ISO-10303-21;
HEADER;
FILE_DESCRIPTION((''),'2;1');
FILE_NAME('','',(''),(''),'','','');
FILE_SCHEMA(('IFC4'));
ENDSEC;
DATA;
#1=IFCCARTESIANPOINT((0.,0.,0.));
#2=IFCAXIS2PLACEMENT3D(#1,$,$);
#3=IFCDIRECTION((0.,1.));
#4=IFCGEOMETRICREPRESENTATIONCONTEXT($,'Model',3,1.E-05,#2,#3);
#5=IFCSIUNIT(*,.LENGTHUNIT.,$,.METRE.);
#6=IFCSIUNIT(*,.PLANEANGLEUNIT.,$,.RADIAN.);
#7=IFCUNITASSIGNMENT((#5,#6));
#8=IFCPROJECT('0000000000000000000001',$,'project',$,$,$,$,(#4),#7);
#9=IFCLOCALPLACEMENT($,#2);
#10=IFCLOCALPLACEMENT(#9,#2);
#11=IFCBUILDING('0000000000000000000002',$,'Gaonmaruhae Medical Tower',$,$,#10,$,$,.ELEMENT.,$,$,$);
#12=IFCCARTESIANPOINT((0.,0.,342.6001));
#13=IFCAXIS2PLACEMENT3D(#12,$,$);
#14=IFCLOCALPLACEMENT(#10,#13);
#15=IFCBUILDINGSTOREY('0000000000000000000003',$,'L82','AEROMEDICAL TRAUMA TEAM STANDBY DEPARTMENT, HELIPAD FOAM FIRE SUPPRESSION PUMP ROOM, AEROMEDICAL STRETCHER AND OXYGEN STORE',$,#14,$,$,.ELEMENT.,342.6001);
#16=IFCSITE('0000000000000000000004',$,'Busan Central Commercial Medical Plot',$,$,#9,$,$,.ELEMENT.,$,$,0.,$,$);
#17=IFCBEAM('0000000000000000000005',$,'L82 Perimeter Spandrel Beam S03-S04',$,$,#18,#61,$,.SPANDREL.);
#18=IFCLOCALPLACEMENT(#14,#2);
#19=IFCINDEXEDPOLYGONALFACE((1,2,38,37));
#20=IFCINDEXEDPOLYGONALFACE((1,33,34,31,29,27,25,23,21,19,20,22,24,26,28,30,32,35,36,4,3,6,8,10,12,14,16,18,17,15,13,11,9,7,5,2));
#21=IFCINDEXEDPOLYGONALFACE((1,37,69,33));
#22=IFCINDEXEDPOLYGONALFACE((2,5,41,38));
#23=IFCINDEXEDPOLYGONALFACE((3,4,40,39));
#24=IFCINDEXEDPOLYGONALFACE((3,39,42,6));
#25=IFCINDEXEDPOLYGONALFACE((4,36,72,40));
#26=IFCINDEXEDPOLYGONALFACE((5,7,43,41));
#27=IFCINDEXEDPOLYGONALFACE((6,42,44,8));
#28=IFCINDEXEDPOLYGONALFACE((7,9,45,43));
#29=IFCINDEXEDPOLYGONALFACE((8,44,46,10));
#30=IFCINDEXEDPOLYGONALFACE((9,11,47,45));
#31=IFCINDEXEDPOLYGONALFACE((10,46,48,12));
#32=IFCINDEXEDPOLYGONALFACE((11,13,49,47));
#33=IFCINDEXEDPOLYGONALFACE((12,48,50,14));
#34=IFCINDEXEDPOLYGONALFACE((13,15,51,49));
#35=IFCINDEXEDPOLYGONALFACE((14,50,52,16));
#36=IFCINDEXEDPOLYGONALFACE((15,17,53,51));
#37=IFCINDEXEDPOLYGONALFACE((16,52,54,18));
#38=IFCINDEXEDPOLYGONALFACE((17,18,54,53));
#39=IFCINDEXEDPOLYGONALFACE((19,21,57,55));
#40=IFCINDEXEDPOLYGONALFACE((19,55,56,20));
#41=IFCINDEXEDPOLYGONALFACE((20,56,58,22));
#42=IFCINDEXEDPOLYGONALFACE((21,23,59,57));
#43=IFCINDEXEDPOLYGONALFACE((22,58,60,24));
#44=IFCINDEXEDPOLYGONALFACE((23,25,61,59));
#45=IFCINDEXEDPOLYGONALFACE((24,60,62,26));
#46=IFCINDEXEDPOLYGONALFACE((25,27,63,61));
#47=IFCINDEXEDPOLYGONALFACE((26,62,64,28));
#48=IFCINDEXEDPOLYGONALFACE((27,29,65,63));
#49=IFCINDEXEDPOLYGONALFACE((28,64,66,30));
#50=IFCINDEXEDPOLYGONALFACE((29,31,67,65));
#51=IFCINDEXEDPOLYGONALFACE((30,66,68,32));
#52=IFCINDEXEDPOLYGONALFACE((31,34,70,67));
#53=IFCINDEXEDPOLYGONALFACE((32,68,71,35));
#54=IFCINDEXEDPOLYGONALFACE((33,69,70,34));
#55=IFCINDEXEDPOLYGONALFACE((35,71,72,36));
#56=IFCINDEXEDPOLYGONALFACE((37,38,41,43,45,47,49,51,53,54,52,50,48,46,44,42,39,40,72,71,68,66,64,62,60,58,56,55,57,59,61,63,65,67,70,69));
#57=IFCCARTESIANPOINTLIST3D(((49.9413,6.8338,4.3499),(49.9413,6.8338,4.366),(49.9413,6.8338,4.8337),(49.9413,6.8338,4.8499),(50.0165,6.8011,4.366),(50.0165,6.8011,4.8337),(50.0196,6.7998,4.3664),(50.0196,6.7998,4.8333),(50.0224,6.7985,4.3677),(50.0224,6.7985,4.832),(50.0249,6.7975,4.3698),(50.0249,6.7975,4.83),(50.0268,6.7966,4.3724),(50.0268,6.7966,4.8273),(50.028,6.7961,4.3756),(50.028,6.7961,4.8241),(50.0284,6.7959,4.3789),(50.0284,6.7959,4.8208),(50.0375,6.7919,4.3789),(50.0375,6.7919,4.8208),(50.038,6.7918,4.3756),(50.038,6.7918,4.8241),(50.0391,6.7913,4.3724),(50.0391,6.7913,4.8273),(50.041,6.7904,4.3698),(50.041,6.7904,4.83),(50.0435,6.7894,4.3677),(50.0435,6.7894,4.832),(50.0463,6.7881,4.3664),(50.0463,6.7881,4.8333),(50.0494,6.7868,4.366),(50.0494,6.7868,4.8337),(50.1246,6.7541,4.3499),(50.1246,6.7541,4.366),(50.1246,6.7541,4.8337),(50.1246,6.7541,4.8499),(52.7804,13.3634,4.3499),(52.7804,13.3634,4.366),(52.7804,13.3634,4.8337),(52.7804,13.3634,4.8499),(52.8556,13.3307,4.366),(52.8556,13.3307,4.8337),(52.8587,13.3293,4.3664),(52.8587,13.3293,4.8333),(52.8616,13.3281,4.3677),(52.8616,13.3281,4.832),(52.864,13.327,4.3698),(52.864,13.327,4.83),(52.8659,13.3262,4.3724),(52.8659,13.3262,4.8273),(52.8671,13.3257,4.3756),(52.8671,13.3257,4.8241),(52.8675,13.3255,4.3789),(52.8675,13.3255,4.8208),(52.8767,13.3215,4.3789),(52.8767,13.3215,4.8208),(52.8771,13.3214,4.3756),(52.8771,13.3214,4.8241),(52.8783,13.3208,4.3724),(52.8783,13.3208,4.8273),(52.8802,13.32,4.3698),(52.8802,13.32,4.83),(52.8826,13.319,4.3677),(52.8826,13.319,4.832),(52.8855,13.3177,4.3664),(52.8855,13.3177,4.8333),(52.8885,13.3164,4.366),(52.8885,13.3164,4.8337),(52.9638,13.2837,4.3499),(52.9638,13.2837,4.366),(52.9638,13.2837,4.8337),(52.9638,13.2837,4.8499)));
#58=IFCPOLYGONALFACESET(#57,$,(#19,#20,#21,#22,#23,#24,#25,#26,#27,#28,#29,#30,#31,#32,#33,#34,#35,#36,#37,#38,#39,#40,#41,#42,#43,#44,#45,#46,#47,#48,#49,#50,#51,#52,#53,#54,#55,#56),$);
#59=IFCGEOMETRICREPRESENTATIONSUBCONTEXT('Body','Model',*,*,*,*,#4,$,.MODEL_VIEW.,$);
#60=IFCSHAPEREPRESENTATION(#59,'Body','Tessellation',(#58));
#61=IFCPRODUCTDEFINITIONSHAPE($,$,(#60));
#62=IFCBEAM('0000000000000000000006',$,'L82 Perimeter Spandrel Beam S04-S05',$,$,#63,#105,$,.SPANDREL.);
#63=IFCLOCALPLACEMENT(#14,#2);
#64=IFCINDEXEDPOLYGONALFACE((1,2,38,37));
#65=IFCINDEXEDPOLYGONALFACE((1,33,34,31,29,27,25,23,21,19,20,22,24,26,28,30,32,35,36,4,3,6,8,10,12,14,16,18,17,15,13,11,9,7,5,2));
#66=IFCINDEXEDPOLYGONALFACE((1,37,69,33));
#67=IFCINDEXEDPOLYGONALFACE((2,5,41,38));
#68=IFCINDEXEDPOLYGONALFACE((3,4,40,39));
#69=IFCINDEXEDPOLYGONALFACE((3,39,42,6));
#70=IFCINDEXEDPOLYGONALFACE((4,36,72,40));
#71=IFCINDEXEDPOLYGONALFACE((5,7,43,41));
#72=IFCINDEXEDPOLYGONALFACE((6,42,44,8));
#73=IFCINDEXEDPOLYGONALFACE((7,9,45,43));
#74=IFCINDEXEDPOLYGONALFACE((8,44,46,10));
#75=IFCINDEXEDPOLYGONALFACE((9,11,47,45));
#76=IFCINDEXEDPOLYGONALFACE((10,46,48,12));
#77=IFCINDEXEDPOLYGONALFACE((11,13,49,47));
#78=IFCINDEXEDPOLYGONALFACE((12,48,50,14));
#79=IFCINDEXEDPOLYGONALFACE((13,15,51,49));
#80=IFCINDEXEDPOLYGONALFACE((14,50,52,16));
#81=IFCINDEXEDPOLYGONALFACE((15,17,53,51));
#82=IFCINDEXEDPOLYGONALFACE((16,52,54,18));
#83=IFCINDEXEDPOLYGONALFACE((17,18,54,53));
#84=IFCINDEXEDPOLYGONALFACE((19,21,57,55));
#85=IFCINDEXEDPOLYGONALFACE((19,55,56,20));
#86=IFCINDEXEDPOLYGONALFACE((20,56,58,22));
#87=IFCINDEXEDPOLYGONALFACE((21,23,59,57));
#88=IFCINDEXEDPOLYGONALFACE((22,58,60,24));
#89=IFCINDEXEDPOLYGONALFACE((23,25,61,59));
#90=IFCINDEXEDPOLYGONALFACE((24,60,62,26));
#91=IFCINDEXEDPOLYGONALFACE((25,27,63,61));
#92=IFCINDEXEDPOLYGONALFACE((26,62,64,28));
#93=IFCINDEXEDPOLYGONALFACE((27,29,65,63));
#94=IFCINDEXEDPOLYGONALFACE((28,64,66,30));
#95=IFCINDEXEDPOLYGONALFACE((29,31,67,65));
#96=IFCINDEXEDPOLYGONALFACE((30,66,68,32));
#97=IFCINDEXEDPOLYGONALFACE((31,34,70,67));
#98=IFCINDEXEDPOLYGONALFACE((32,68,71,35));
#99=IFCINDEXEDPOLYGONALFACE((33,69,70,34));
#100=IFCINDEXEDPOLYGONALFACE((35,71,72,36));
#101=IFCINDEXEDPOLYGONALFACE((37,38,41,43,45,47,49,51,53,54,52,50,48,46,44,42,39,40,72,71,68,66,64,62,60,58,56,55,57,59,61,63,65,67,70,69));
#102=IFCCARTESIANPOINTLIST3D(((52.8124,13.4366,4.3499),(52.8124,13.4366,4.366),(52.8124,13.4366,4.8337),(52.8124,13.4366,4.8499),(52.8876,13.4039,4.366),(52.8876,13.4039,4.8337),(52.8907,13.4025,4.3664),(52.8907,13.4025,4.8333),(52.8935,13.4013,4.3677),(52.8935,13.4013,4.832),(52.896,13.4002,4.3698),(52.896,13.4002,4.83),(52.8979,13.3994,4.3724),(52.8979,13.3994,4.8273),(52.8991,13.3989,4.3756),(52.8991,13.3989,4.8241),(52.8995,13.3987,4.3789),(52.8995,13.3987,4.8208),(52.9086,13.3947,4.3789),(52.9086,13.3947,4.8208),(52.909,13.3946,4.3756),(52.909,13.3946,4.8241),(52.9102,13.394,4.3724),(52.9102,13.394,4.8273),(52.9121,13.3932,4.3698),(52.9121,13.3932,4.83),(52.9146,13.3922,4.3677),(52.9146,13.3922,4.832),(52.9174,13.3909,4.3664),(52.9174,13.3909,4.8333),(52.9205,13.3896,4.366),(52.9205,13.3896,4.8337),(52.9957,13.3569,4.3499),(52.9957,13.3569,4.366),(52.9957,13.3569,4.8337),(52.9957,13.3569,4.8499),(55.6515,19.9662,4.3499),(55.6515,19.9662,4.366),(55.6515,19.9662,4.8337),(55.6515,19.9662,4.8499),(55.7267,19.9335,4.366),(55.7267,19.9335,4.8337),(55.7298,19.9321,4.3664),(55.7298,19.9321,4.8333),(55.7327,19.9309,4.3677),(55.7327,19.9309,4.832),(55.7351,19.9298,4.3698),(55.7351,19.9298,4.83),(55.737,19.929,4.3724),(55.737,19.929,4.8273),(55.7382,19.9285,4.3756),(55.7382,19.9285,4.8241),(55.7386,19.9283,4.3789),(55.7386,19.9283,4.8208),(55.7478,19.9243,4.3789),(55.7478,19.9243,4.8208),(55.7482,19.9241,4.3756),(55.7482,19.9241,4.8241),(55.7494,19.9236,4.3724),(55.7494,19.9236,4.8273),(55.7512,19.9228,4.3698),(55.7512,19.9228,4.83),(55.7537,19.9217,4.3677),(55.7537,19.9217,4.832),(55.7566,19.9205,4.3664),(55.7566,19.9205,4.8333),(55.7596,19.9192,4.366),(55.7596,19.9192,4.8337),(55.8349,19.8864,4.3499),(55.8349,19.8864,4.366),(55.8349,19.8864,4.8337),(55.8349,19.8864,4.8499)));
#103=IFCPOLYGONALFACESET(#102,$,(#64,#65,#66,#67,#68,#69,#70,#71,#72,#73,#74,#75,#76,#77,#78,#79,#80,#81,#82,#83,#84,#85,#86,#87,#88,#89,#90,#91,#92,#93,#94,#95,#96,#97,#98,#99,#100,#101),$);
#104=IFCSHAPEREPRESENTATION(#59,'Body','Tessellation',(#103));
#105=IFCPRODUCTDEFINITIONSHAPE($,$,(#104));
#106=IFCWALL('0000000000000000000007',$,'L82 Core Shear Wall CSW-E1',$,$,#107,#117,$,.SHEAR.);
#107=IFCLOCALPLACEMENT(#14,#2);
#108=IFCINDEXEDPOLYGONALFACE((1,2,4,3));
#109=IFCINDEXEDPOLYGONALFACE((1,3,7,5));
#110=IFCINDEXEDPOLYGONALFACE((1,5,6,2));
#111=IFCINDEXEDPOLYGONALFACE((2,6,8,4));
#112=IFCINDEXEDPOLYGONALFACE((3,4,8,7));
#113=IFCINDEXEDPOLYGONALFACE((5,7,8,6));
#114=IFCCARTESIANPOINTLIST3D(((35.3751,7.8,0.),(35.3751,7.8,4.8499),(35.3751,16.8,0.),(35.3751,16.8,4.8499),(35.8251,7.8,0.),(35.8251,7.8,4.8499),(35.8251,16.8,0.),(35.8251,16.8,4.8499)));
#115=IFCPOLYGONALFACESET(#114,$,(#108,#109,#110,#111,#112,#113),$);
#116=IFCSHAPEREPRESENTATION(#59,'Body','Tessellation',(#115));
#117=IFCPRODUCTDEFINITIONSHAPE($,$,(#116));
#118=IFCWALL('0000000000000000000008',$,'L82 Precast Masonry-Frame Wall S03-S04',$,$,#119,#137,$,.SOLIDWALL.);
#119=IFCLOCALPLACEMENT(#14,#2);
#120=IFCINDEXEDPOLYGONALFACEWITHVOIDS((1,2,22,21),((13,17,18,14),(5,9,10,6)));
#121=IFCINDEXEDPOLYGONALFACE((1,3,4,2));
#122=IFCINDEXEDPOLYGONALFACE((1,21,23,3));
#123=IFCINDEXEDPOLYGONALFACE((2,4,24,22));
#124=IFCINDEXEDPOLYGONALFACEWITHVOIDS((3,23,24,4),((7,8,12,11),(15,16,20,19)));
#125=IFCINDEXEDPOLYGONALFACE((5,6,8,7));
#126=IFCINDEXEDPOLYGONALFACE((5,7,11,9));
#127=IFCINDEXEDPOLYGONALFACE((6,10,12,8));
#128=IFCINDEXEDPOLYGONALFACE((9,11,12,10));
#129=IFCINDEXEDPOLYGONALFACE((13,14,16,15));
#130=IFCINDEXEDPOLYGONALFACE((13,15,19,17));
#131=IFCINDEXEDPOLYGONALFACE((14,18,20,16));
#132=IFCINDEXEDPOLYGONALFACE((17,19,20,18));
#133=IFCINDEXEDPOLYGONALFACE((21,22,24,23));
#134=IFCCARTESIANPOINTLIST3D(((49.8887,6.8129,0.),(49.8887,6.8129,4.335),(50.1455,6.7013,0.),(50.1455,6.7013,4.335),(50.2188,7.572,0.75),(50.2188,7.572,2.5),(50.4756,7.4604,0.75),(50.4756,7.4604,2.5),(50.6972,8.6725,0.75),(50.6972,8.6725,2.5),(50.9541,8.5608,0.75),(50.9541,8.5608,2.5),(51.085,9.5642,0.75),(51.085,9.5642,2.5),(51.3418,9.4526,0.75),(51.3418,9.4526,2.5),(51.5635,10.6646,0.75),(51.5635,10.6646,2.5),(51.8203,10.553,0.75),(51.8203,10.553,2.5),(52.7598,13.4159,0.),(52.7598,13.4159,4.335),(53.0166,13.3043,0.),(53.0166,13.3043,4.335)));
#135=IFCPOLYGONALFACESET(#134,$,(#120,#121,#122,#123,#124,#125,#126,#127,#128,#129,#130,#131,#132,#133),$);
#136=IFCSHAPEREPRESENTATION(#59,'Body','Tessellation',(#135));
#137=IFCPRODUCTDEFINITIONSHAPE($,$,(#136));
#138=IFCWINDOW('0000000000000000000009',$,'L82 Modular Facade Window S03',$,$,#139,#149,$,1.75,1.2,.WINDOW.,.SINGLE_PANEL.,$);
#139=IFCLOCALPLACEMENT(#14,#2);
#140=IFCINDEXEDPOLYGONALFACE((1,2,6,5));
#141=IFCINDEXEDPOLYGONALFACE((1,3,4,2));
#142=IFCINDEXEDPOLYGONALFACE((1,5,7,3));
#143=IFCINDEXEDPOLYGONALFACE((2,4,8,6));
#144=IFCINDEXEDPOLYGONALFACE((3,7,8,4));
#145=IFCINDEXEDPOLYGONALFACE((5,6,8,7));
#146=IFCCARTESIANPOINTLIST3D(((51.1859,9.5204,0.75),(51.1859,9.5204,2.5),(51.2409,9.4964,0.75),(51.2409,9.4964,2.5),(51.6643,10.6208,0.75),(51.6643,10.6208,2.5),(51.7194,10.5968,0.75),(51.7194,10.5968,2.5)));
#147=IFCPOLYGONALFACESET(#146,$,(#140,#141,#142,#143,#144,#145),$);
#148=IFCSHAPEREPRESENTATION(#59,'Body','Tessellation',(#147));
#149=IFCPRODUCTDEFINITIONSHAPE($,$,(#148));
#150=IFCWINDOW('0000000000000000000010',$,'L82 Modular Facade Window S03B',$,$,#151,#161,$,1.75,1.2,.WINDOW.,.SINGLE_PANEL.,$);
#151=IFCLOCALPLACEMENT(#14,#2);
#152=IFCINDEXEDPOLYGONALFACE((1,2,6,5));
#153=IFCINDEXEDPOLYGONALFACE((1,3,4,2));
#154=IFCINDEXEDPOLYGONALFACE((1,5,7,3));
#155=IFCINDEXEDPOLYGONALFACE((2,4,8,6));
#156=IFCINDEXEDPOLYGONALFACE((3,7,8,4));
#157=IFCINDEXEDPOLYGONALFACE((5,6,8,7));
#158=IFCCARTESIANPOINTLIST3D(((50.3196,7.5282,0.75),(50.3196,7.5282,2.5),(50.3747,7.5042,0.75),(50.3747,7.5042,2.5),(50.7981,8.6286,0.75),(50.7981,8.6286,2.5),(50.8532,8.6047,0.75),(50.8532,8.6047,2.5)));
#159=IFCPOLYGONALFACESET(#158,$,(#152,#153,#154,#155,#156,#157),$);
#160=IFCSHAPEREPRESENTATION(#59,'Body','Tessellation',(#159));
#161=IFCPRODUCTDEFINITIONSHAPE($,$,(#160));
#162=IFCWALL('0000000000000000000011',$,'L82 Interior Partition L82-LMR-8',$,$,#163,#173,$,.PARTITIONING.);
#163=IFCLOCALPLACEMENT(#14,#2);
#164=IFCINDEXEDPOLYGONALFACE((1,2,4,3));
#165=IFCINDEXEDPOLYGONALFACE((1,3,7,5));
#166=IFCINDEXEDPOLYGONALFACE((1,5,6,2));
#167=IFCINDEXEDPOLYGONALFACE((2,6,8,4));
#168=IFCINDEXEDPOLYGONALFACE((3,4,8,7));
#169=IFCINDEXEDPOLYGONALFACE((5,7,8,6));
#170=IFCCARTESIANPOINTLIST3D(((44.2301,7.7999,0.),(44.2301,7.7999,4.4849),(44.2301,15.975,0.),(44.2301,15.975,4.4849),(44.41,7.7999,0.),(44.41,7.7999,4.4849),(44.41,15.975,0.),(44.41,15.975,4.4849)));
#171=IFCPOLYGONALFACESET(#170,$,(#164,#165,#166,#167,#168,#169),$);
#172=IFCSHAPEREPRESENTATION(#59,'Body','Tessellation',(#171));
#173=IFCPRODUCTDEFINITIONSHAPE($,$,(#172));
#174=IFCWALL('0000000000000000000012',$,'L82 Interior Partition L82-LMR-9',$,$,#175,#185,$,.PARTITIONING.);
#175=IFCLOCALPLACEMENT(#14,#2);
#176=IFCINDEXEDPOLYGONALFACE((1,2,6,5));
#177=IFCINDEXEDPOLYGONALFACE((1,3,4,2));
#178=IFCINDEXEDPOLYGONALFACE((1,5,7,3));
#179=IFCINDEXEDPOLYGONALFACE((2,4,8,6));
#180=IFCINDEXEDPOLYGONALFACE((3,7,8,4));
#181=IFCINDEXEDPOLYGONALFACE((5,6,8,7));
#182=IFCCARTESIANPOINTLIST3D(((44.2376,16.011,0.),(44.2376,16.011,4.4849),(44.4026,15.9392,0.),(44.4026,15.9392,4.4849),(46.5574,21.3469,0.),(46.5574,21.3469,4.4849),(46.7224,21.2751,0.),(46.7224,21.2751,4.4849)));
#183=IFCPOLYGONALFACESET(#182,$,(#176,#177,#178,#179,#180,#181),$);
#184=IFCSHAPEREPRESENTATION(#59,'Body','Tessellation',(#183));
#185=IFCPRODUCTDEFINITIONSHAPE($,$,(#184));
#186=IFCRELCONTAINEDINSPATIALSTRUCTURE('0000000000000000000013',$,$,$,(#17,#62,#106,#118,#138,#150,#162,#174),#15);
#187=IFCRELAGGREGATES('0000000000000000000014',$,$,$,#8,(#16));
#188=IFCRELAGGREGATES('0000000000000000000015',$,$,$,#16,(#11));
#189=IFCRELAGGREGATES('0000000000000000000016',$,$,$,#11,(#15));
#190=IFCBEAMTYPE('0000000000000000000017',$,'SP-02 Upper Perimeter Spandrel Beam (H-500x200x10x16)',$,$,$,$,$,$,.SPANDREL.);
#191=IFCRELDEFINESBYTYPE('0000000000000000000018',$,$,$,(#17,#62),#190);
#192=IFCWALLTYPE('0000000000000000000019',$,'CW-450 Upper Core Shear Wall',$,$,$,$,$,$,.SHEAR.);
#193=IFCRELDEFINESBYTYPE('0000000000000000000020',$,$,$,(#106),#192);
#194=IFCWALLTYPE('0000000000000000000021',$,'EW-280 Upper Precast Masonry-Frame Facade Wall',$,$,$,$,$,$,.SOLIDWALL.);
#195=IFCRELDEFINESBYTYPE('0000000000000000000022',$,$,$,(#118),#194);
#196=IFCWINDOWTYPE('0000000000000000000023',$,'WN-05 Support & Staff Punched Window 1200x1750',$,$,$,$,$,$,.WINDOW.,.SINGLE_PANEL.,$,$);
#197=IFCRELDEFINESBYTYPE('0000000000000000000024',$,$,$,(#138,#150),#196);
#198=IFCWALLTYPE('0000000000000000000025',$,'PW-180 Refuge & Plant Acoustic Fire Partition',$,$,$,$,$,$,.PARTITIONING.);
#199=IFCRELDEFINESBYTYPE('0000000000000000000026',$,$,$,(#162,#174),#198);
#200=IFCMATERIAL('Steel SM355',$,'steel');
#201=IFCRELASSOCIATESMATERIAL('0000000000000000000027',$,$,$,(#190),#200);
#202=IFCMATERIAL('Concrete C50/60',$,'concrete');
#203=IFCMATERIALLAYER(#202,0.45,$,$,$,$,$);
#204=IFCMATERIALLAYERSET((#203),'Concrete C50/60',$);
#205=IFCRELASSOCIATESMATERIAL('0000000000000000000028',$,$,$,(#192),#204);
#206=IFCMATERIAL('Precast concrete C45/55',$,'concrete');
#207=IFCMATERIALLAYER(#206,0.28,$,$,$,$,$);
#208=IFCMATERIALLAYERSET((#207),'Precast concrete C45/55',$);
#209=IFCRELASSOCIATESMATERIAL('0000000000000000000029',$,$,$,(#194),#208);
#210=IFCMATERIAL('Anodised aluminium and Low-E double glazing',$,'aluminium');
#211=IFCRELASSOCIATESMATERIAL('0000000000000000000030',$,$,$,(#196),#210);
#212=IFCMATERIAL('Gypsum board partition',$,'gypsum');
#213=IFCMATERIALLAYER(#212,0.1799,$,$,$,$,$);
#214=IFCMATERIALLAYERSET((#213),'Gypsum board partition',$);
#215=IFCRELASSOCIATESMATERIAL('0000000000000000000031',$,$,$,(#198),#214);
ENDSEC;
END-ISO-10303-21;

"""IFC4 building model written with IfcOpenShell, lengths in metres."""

from ifc_helpers import new_model, si_unit, direction, frame, frame_2d, origin, origin_2d, place, context, subcontext, project, spatial, rectangle, i_section, extrude, material, layer, layer_set, material_profile, profile_set, type_object, element, fill, save


model = new_model("IFC4")

# Units and contexts
model_context = context("Model", 3, precision=1e-05, world=origin(), true_north=direction((0.0, 1.0)))
body_context = subcontext(model_context, "Body", "Model", "MODEL_VIEW")
ifc_project = project(units=[si_unit("LENGTHUNIT", "METRE"), si_unit("PLANEANGLEUNIT", "RADIAN")], contexts=[model_context])

# Site, building, storey
site_placement = place(None, origin())
site = spatial("IfcSite", under=ifc_project, at=site_placement, Name="Busan Central Commercial Medical Plot", CompositionType="ELEMENT", RefElevation=0.0)
building_placement = place(site_placement, origin())
building = spatial("IfcBuilding", under=site, at=building_placement, Name="Gaonmaruhae Medical Tower", CompositionType="ELEMENT")
storey_placement = place(building_placement, frame((0.0, 0.0, 342.6001)))
storey = spatial("IfcBuildingStorey", under=building, at=storey_placement, Name="L82", Description="AEROMEDICAL TRAUMA TEAM STANDBY DEPARTMENT, HELIPAD FOAM FIRE SUPPRESSION PUMP ROOM, AEROMEDICAL STRETCHER AND OXYGEN STORE", CompositionType="ELEMENT", Elevation=342.6001)

# Shared definitions
ifc_material_1 = material(Name="Concrete C50/60", Category="concrete")

# Beams
ifc_material_2 = material(Name="Steel SM355", Category="steel")
ifc_material_profile_1 = material_profile(ifc_material_2, i_section(OverallWidth=0.2, OverallDepth=0.5, WebThickness=0.01, FlangeThickness=0.0161, FilletRadius=0.0129, at=origin_2d()), Name="H-500x200x10x16")
ifc_profile_set_1 = profile_set([ifc_material_profile_1], Name="Steel SM355")
beam_type_1 = type_object("IfcBeamType", Name="SP-02 Upper Perimeter Spandrel Beam (H-500x200x10x16)", PredefinedType="SPANDREL", material=ifc_profile_set_1)
for number, where, z_axis, x_axis, name in (
    (1, (50.033, 6.7939, 4.5999), (0.398747, 0.917061, 0.0), (-0.917061, 0.398747, 0.0), "L82 Perimeter Spandrel Beam S03-S04"),
    (2, (52.9041, 13.3967, 4.5999), (0.398747, 0.917061, 0.0), (-0.917061, 0.398747, 0.0), "L82 Perimeter Spandrel Beam S04-S05"),
):
    element("IfcBeam", number, at=place(storey_placement, frame(where, z_axis=z_axis, x_axis=x_axis)), inside=storey, type_object=beam_type_1, Name=name, PredefinedType="SPANDREL", context=body_context, shape_type="SweptSolid", body=[
        extrude(i_section(OverallWidth=0.2, OverallDepth=0.5, WebThickness=0.01, FlangeThickness=0.0161, FilletRadius=0.0129, at=origin_2d()), origin(), (0.0, 0.0, 1.0), 7.1201),
    ])

# Wall
ifc_layer_1 = layer(ifc_material_1, 0.45)
ifc_layer_set_1 = layer_set([ifc_layer_1], Name="Concrete C50/60")
wall_type_1 = type_object("IfcWallType", Name="CW-450 Upper Core Shear Wall", PredefinedType="SHEAR", material=ifc_layer_set_1)
wall_1_placement = place(storey_placement, frame((35.6001, 7.8, 0.0), z_axis=(0.0, 0.0, 1.0), x_axis=(0.0, 1.0, 0.0)))
element("IfcWall", 3, at=wall_1_placement, inside=storey, type_object=wall_type_1, Name="L82 Core Shear Wall CSW-E1", PredefinedType="SHEAR", context=body_context, shape_type="SweptSolid", body=[
    extrude(rectangle(XDim=9.0, YDim=0.45, at=frame_2d((4.5, 0.0))), origin(), (0.0, 0.0, 1.0), 4.8499),
])

# Wall, openings, windows
ifc_material_3 = material(Name="Precast concrete C45/55", Category="concrete")
ifc_layer_2 = layer(ifc_material_3, 0.28)
ifc_layer_set_2 = layer_set([ifc_layer_2], Name="Precast concrete C45/55")
wall_type_2 = type_object("IfcWallType", Name="EW-280 Upper Precast Masonry-Frame Facade Wall", PredefinedType="SOLIDWALL", material=ifc_layer_set_2)
wall_2_placement = place(storey_placement, frame((52.8882, 13.3601, 0.0), z_axis=(0.0, 0.0, 1.0), x_axis=(-0.398751, -0.917059, 0.0)))
wall_2 = element("IfcWall", 4, at=wall_2_placement, inside=storey, type_object=wall_type_2, Name="L82 Precast Masonry-Frame Wall S03-S04", PredefinedType="SOLIDWALL", context=body_context, shape_type="SweptSolid", body=[
    extrude(rectangle(XDim=7.2002, YDim=0.28, at=frame_2d((3.6001, 0.0))), origin(), (0.0, 0.0, 1.0), 4.335),
])
opening_1_placement = place(wall_2_placement, frame((3.0, 0.0, 0.75)))
opening_1 = element("IfcOpeningElement", 5, at=opening_1_placement, cuts=wall_2, PredefinedType="OPENING", context=body_context, shape_type="SweptSolid", body=[
    extrude(rectangle(XDim=1.2, YDim=1.75, at=frame_2d((0.6001, 0.875))), frame((0.0, 0.1499, 0.0), z_axis=(0.0, -1.0, 0.0), x_axis=(1.0, 0.0, 0.0)), (0.0, 0.0, 1.0), 0.3),
])
opening_2_placement = place(wall_2_placement, frame((5.1724, 0.0, 0.75)))
opening_2 = element("IfcOpeningElement", 6, at=opening_2_placement, cuts=wall_2, PredefinedType="OPENING", context=body_context, shape_type="SweptSolid", body=[
    extrude(rectangle(XDim=1.2, YDim=1.75, at=frame_2d((0.6001, 0.875))), frame((0.0, 0.1499, 0.0), z_axis=(0.0, -1.0, 0.0), x_axis=(1.0, 0.0, 0.0)), (0.0, 0.0, 1.0), 0.3),
])
ifc_material_4 = material(Name="Anodised aluminium and Low-E double glazing", Category="aluminium")
window_type = type_object("IfcWindowType", Name="WN-05 Support & Staff Punched Window 1200x1750", PartitioningType="SINGLE_PANEL", PredefinedType="WINDOW", material=ifc_material_4)
window_1_placement = place(opening_1_placement, origin())
window_1 = element("IfcWindow", 7, at=window_1_placement, inside=storey, type_object=window_type, Name="L82 Modular Facade Window S03", OverallHeight=1.75, OverallWidth=1.2, PartitioningType="SINGLE_PANEL", PredefinedType="WINDOW", context=body_context, shape_type="SweptSolid", body=[
    extrude(rectangle(XDim=1.2, YDim=1.75, at=frame_2d((0.6001, 0.875))), frame((0.0, 0.03, 0.0), z_axis=(0.0, -1.0, 0.0), x_axis=(1.0, 0.0, 0.0)), (0.0, 0.0, 1.0), 0.0601),
])
fill(opening_1, window_1)
window_2_placement = place(opening_2_placement, origin())
window_2 = element("IfcWindow", 8, at=window_2_placement, inside=storey, type_object=window_type, Name="L82 Modular Facade Window S03B", OverallHeight=1.75, OverallWidth=1.2, PartitioningType="SINGLE_PANEL", PredefinedType="WINDOW", context=body_context, shape_type="SweptSolid", body=[
    extrude(rectangle(XDim=1.2, YDim=1.75, at=frame_2d((0.6001, 0.875))), frame((0.0, 0.03, 0.0), z_axis=(0.0, -1.0, 0.0), x_axis=(1.0, 0.0, 0.0)), (0.0, 0.0, 1.0), 0.0601),
])
fill(opening_2, window_2)

# Walls
ifc_material_5 = material(Name="Gypsum board partition", Category="gypsum")
ifc_layer_3 = layer(ifc_material_5, 0.1799)
ifc_layer_set_3 = layer_set([ifc_layer_3], Name="Gypsum board partition")
wall_type_3 = type_object("IfcWallType", Name="PW-180 Refuge & Plant Acoustic Fire Partition", PredefinedType="PARTITIONING", material=ifc_layer_set_3)
wall_3_placement = place(storey_placement, frame((44.3201, 7.8, 0.0), z_axis=(0.0, 0.0, 1.0), x_axis=(0.0, 1.0, 0.0)))
element("IfcWall", 9, at=wall_3_placement, inside=storey, type_object=wall_type_3, Name="L82 Interior Partition L82-LMR-8", PredefinedType="PARTITIONING", context=body_context, shape_type="SweptSolid", body=[
    extrude(rectangle(XDim=8.175, YDim=0.1799, at=frame_2d((4.0874, 0.0))), origin(), (0.0, 0.0, 1.0), 4.4849),
])
wall_4_placement = place(storey_placement, frame((44.3201, 15.9751, 0.0), z_axis=(0.0, 0.0, 1.0), x_axis=(0.398705, 0.917079, 0.0)))
element("IfcWall", 10, at=wall_4_placement, inside=storey, type_object=wall_type_3, Name="L82 Interior Partition L82-LMR-9", PredefinedType="PARTITIONING", context=body_context, shape_type="SweptSolid", body=[
    extrude(rectangle(XDim=5.8184, YDim=0.1799, at=frame_2d((2.9092, 0.0))), origin(), (0.0, 0.0, 1.0), 4.4849),
])

save(model, "model.ifc")
